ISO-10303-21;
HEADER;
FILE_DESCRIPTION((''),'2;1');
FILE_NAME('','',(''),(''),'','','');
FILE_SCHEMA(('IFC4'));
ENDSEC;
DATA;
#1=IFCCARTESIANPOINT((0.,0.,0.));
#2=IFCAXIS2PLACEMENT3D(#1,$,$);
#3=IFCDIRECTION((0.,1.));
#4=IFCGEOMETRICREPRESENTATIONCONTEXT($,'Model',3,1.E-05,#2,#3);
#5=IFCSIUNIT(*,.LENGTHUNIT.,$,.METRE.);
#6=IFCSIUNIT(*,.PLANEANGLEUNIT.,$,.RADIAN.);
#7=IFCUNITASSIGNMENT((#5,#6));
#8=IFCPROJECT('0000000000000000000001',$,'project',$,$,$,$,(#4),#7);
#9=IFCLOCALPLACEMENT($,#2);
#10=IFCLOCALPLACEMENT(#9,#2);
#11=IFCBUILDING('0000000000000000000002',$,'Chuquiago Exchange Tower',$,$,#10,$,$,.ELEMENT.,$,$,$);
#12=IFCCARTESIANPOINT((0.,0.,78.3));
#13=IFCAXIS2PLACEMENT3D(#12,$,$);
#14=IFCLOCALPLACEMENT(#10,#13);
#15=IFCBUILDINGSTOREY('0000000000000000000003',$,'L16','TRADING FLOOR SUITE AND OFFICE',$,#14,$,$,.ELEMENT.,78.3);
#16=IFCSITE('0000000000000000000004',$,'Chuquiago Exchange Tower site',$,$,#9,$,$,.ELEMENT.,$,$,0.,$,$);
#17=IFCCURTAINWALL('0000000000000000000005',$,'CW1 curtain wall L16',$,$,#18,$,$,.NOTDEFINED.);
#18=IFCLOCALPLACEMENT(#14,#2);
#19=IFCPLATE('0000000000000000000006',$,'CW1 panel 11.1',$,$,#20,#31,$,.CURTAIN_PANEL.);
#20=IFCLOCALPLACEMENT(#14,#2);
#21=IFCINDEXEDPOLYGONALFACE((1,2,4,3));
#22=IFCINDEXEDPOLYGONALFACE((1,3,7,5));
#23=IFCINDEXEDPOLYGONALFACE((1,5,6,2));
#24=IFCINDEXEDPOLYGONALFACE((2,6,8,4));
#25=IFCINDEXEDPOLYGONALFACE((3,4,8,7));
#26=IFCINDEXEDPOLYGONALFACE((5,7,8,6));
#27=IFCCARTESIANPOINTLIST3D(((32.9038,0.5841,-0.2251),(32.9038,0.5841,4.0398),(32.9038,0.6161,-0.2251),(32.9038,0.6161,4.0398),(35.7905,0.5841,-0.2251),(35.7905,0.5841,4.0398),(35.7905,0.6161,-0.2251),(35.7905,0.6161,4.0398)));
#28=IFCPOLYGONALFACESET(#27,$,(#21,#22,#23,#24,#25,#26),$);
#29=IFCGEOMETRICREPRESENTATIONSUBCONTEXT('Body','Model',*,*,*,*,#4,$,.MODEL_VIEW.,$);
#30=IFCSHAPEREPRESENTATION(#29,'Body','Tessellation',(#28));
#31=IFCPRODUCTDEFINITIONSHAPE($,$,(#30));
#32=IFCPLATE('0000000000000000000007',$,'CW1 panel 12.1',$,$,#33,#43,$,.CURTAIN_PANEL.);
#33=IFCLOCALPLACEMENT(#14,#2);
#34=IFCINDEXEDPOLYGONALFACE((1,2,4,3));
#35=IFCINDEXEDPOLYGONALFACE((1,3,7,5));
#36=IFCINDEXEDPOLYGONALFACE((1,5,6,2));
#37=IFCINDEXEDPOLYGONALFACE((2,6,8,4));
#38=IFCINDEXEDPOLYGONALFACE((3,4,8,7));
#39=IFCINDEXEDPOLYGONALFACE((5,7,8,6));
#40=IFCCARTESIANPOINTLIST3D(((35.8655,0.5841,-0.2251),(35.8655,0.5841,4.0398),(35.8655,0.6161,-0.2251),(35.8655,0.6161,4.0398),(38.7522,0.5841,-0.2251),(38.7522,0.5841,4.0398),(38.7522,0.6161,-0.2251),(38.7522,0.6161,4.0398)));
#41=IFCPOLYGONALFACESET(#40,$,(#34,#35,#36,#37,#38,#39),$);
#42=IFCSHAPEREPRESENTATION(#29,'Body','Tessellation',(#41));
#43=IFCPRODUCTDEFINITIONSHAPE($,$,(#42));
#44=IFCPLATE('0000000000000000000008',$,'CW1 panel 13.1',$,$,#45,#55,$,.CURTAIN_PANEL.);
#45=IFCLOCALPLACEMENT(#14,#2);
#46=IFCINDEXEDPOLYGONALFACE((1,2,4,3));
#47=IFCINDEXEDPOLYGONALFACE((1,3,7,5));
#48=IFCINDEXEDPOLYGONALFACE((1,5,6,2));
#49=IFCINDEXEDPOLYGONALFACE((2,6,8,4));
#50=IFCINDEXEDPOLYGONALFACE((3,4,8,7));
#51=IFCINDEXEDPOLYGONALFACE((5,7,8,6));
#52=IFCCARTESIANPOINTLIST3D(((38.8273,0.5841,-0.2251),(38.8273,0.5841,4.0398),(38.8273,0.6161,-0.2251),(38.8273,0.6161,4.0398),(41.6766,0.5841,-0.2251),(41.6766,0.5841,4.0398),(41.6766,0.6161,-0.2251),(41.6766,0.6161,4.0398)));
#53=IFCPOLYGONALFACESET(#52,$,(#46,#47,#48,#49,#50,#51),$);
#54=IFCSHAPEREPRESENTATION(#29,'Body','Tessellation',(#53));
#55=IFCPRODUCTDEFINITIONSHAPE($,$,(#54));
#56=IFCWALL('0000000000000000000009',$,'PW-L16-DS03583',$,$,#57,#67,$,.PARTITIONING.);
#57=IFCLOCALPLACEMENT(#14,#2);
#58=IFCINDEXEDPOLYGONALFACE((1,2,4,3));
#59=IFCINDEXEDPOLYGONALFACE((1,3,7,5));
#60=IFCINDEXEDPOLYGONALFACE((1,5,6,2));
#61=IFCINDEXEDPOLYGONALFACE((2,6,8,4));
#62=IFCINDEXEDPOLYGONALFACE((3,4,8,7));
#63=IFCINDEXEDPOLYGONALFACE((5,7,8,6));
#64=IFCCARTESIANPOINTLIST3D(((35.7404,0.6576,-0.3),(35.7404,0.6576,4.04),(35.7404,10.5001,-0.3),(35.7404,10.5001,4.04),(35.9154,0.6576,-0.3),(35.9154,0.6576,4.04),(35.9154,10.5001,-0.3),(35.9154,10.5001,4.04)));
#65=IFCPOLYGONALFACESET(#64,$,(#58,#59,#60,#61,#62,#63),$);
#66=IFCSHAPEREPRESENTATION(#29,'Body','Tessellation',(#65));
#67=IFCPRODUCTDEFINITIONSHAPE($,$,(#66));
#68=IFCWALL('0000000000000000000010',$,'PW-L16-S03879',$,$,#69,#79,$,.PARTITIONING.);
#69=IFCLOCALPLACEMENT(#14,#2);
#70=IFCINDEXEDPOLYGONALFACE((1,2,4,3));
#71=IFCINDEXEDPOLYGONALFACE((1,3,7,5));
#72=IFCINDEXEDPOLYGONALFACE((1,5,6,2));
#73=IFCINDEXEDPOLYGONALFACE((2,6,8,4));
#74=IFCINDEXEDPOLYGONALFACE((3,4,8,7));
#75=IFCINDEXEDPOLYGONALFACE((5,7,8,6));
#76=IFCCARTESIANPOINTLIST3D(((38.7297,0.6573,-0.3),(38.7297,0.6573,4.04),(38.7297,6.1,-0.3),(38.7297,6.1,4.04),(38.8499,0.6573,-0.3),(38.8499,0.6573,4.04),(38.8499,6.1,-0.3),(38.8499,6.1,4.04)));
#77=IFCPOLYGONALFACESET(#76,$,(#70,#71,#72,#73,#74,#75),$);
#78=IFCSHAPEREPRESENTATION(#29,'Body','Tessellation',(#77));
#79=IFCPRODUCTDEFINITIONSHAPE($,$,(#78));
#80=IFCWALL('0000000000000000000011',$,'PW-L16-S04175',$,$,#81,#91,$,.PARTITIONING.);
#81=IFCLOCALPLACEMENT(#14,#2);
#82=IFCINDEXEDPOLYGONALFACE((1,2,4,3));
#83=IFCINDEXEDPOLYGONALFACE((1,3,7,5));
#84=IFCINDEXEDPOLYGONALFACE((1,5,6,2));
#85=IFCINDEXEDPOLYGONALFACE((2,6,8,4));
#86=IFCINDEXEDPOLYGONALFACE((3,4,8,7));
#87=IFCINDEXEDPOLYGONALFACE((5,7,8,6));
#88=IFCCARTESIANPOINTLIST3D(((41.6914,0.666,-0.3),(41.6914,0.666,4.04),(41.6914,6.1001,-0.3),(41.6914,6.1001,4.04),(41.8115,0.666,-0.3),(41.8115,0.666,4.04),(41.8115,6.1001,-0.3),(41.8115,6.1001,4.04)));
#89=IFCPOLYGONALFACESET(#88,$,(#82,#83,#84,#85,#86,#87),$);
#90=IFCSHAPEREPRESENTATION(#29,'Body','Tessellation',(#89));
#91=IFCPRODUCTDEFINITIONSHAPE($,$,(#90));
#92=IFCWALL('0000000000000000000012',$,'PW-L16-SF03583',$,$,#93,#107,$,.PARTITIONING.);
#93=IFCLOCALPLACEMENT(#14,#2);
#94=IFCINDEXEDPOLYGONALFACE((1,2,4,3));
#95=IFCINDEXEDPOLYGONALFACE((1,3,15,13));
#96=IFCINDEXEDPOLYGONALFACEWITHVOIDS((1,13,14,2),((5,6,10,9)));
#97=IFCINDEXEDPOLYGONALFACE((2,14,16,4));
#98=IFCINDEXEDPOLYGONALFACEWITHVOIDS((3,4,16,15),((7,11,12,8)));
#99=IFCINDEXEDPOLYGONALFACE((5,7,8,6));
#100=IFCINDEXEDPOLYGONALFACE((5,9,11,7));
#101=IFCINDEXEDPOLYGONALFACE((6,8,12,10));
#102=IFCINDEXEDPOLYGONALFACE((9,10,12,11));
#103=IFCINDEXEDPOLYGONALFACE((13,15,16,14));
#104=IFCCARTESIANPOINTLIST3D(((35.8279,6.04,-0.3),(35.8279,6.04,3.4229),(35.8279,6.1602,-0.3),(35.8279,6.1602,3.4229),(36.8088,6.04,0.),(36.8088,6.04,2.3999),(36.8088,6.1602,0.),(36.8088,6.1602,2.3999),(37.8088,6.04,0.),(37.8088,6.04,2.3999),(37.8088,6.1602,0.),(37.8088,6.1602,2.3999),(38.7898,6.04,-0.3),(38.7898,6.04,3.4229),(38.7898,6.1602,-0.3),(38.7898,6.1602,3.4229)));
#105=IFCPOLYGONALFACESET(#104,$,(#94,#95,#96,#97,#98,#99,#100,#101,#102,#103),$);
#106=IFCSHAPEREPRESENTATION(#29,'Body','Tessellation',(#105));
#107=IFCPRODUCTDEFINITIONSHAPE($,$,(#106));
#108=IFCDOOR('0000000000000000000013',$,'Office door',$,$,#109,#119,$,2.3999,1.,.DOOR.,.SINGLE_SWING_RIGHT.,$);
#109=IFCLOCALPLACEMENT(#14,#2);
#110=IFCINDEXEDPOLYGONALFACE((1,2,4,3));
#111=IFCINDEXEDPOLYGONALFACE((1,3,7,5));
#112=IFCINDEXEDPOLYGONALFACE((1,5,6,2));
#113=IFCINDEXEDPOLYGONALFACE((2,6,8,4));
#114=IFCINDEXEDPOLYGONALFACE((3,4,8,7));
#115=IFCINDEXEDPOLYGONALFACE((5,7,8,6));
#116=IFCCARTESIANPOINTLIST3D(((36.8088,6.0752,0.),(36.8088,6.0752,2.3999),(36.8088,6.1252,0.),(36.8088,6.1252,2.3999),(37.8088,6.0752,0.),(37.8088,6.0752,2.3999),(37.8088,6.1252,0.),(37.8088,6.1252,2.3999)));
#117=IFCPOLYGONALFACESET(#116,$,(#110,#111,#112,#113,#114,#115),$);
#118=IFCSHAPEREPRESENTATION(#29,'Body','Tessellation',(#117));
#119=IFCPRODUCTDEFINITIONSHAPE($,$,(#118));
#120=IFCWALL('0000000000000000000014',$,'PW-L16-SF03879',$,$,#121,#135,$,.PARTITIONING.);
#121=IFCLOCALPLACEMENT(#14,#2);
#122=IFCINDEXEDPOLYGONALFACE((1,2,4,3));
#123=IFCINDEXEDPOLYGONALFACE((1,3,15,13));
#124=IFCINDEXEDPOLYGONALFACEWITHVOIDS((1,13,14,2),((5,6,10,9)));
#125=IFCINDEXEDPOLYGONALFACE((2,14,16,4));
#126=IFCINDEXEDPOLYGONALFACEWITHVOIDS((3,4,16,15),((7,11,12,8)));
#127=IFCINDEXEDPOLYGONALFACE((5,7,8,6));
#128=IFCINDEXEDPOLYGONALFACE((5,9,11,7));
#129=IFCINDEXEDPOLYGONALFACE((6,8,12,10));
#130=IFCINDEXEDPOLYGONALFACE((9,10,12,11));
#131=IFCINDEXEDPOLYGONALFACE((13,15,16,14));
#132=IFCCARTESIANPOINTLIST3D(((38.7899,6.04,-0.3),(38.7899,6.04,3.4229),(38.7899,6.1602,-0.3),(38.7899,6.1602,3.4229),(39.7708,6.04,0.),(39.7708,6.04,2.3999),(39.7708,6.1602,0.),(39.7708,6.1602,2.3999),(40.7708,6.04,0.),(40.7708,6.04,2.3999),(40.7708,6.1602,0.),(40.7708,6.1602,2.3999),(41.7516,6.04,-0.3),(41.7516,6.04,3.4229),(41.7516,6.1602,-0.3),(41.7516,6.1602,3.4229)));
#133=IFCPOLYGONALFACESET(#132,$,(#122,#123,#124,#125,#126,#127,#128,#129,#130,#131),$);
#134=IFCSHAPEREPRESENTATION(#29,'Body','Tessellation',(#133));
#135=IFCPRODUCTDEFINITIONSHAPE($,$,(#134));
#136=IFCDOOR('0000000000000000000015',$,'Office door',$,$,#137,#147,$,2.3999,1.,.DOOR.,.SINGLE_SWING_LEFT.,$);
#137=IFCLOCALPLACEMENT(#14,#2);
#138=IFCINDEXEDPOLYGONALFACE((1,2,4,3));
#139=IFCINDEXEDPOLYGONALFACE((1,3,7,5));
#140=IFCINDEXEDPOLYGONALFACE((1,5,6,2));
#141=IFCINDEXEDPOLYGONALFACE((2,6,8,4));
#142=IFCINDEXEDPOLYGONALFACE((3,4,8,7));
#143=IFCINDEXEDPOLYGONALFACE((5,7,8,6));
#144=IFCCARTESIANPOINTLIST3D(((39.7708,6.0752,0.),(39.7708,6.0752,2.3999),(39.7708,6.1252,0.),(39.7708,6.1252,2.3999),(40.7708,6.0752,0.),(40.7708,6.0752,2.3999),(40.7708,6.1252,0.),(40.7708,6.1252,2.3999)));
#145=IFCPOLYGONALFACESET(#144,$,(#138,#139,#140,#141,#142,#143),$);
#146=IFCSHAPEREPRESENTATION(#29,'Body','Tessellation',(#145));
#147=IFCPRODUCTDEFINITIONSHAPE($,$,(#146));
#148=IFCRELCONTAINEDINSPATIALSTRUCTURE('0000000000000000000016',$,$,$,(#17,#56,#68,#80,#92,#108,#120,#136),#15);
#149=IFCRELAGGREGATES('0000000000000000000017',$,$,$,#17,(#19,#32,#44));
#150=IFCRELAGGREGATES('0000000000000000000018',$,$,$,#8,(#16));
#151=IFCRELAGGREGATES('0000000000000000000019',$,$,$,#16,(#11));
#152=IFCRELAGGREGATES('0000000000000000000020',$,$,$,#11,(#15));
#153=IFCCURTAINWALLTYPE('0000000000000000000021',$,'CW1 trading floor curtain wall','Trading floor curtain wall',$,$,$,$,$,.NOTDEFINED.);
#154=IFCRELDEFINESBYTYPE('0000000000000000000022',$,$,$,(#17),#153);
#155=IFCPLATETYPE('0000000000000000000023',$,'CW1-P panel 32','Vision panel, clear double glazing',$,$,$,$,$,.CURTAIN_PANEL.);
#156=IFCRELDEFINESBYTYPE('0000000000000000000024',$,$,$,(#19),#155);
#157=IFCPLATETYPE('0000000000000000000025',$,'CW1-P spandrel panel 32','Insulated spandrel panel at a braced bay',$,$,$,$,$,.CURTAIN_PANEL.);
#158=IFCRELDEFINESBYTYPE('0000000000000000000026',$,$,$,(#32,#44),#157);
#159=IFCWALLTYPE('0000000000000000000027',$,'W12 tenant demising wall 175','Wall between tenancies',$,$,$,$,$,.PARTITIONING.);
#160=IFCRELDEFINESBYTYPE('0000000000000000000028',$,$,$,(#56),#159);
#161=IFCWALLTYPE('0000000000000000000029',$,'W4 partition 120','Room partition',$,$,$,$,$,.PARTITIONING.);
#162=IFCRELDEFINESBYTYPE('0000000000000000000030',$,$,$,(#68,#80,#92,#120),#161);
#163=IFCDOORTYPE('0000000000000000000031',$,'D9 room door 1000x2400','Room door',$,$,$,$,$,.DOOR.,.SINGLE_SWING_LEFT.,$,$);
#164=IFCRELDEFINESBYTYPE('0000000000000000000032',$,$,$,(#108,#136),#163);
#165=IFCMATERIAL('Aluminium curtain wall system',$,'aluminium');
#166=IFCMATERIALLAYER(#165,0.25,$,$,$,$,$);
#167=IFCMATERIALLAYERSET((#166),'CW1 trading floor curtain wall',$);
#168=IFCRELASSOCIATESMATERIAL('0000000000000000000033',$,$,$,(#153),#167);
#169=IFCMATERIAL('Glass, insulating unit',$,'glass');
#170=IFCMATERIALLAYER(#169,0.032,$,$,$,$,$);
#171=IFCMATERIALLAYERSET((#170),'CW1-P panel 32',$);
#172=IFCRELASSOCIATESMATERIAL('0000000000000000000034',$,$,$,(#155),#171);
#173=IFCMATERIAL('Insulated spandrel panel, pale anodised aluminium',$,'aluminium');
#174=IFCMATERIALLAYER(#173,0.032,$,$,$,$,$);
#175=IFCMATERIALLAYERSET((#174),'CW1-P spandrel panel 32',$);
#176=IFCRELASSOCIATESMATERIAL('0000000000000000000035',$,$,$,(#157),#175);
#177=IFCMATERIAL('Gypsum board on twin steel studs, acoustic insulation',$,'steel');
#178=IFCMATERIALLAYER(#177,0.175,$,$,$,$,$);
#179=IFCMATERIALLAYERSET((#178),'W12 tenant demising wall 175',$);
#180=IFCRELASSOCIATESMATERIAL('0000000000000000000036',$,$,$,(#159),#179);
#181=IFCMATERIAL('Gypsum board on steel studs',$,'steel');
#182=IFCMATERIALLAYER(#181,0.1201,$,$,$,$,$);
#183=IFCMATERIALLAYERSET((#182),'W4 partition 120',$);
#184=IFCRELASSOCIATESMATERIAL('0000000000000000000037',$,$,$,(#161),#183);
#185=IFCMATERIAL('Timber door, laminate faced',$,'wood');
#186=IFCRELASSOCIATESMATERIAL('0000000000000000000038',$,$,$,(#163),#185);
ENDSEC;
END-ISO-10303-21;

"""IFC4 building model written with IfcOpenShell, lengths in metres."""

from ifc_helpers import new_model, si_unit, direction, frame, frame_2d, origin, origin_2d, place, context, subcontext, project, spatial, rectangle, extrude, material, layer, layer_set, type_object, element, fill, aggregate, save


model = new_model("IFC4")

# Units and contexts
model_context = context("Model", 3, precision=1e-05, world=origin(), true_north=direction((0.0, 1.0)))
body_context = subcontext(model_context, "Body", "Model", "MODEL_VIEW")
ifc_project = project(units=[si_unit("LENGTHUNIT", "METRE"), si_unit("PLANEANGLEUNIT", "RADIAN")], contexts=[model_context])

# Site, building, storey
site_placement = place(None, origin())
site = spatial("IfcSite", under=ifc_project, at=site_placement, Name="Chuquiago Exchange Tower site", CompositionType="ELEMENT", RefElevation=0.0)
building_placement = place(site_placement, origin())
building = spatial("IfcBuilding", under=site, at=building_placement, Name="Chuquiago Exchange Tower", CompositionType="ELEMENT")
storey_placement = place(building_placement, frame((0.0, 0.0, 78.3)))
storey = spatial("IfcBuildingStorey", under=building, at=storey_placement, Name="L16", Description="TRADING FLOOR SUITE AND OFFICE", CompositionType="ELEMENT", Elevation=78.3)

# Curtain wall
ifc_material_1 = material(Name="Aluminium curtain wall system", Category="aluminium")
ifc_layer_1 = layer(ifc_material_1, 0.25)
ifc_layer_set_1 = layer_set([ifc_layer_1], Name="CW1 trading floor curtain wall")
curtain_wall_type_1 = type_object("IfcCurtainWallType", Name="CW1 trading floor curtain wall", Description="Trading floor curtain wall", PredefinedType="NOTDEFINED", material=ifc_layer_set_1)
curtain_wall_1_placement = place(storey_placement, origin())
curtain_wall_1 = element("IfcCurtainWall", 1, at=curtain_wall_1_placement, inside=storey, type_object=curtain_wall_type_1, Name="CW1 curtain wall L16", PredefinedType="NOTDEFINED")

# Plates
ifc_material_2 = material(Name="Glass, insulating unit", Category="glass")
ifc_layer_2 = layer(ifc_material_2, 0.032)
ifc_layer_set_2 = layer_set([ifc_layer_2], Name="CW1-P panel 32")
plate_type_1 = type_object("IfcPlateType", Name="CW1-P panel 32", Description="Vision panel, clear double glazing", PredefinedType="CURTAIN_PANEL", material=ifc_layer_set_2)
plate_1_placement = place(storey_placement, frame((34.3472, 0.6001, -0.2251), z_axis=(0.0, 0.0, 1.0), x_axis=(1.0, 0.0, 0.0)))
plate_1 = element("IfcPlate", 2, at=plate_1_placement, type_object=plate_type_1, Name="CW1 panel 11.1", PredefinedType="CURTAIN_PANEL", context=body_context, shape_type="SweptSolid", body=[
    extrude(rectangle(XDim=2.8867, YDim=0.032, at=origin_2d()), origin(), (0.0, 0.0, 1.0), 4.2649),
])
ifc_material_3 = material(Name="Insulated spandrel panel, pale anodised aluminium", Category="aluminium")
ifc_layer_3 = layer(ifc_material_3, 0.032)
ifc_layer_set_3 = layer_set([ifc_layer_3], Name="CW1-P spandrel panel 32")
plate_type_2 = type_object("IfcPlateType", Name="CW1-P spandrel panel 32", Description="Insulated spandrel panel at a braced bay", PredefinedType="CURTAIN_PANEL", material=ifc_layer_set_3)
plate_2_placement = place(storey_placement, frame((37.3088, 0.6001, -0.2251), z_axis=(0.0, 0.0, 1.0), x_axis=(1.0, 0.0, 0.0)))
plate_2 = element("IfcPlate", 3, at=plate_2_placement, type_object=plate_type_2, Name="CW1 panel 12.1", PredefinedType="CURTAIN_PANEL", context=body_context, shape_type="SweptSolid", body=[
    extrude(rectangle(XDim=2.8867, YDim=0.032, at=origin_2d()), origin(), (0.0, 0.0, 1.0), 4.2649),
])
plate_3_placement = place(storey_placement, frame((40.252, 0.6001, -0.2251), z_axis=(0.0, 0.0, 1.0), x_axis=(1.0, 0.0, 0.0)))
plate_3 = element("IfcPlate", 4, at=plate_3_placement, type_object=plate_type_2, Name="CW1 panel 13.1", PredefinedType="CURTAIN_PANEL", context=body_context, shape_type="SweptSolid", body=[
    extrude(rectangle(XDim=2.8494, YDim=0.032, at=origin_2d()), origin(), (0.0, 0.0, 1.0), 4.2649),
])
aggregate(curtain_wall_1, [plate_1, plate_2, plate_3])

# Walls
ifc_material_4 = material(Name="Gypsum board on twin steel studs, acoustic insulation", Category="steel")
ifc_layer_4 = layer(ifc_material_4, 0.175)
ifc_layer_set_4 = layer_set([ifc_layer_4], Name="W12 tenant demising wall 175")
wall_type_1 = type_object("IfcWallType", Name="W12 tenant demising wall 175", Description="Wall between tenancies", PredefinedType="PARTITIONING", material=ifc_layer_set_4)
wall_1_placement = place(storey_placement, frame((35.8279, 0.6575, -0.3), z_axis=(0.0, 0.0, 1.0), x_axis=(0.0, 1.0, 0.0)))
element("IfcWall", 5, at=wall_1_placement, inside=storey, type_object=wall_type_1, Name="PW-L16-DS03583", PredefinedType="PARTITIONING", context=body_context, shape_type="SweptSolid", body=[
    extrude(rectangle(XDim=9.8425, YDim=0.175, at=frame_2d((4.9214, 0.0))), origin(), (0.0, 0.0, 1.0), 4.3401),
])
ifc_material_5 = material(Name="Gypsum board on steel studs", Category="steel")
ifc_layer_5 = layer(ifc_material_5, 0.1201)
ifc_layer_set_5 = layer_set([ifc_layer_5], Name="W4 partition 120")
wall_type_2 = type_object("IfcWallType", Name="W4 partition 120", Description="Room partition", PredefinedType="PARTITIONING", material=ifc_layer_set_5)
wall_2_placement = place(storey_placement, frame((38.7898, 0.6575, -0.3), z_axis=(0.0, 0.0, 1.0), x_axis=(0.0, 1.0, 0.0)))
element("IfcWall", 6, at=wall_2_placement, inside=storey, type_object=wall_type_2, Name="PW-L16-S03879", PredefinedType="PARTITIONING", context=body_context, shape_type="SweptSolid", body=[
    extrude(rectangle(XDim=5.4426, YDim=0.1201, at=frame_2d((2.7212, 0.0))), origin(), (0.0, 0.0, 1.0), 4.3401),
])
wall_3_placement = place(storey_placement, frame((41.7515, 0.666, -0.3), z_axis=(0.0, 0.0, 1.0), x_axis=(0.0, 1.0, 0.0)))
element("IfcWall", 7, at=wall_3_placement, inside=storey, type_object=wall_type_2, Name="PW-L16-S04175", PredefinedType="PARTITIONING", context=body_context, shape_type="SweptSolid", body=[
    extrude(rectangle(XDim=5.4341, YDim=0.1201, at=frame_2d((2.717, 0.0))), origin(), (0.0, 0.0, 1.0), 4.3401),
])

# Walls, openings, doors
wall_4_placement = place(storey_placement, frame((35.8279, 6.1001, -0.3), z_axis=(0.0, 0.0, 1.0), x_axis=(1.0, 0.0, 0.0)))
wall_4 = element("IfcWall", 8, at=wall_4_placement, inside=storey, type_object=wall_type_2, Name="PW-L16-SF03583", PredefinedType="PARTITIONING", context=body_context, shape_type="SweptSolid", body=[
    extrude(rectangle(XDim=2.9619, YDim=0.1201, at=frame_2d((1.481, 0.0))), origin(), (0.0, 0.0, 1.0), 3.7229),
])
opening_1_placement = place(wall_4_placement, frame((0.981, 0.0, 0.3)))
opening_1 = element("IfcOpeningElement", 9, at=opening_1_placement, cuts=wall_4, PredefinedType="OPENING", context=body_context, shape_type="SweptSolid", body=[
    extrude(rectangle(XDim=1.0, YDim=2.3999, at=frame_2d((0.5, 1.2))), frame((0.0, 0.0701, 0.0), z_axis=(0.0, -1.0, 0.0), x_axis=(1.0, 0.0, 0.0)), (0.0, 0.0, 1.0), 0.1401),
])
ifc_material_6 = material(Name="Timber door, laminate faced", Category="wood")
door_type = type_object("IfcDoorType", Name="D9 room door 1000x2400", Description="Room door", OperationType="SINGLE_SWING_LEFT", PredefinedType="DOOR", material=ifc_material_6)
door_1_placement = place(opening_1_placement, frame((1.0, 0.0, 0.0), z_axis=(0.0, 0.0, 1.0), x_axis=(-1.0, 0.0, 0.0)))
door_1 = element("IfcDoor", 10, at=door_1_placement, inside=storey, type_object=door_type, Name="Office door", OperationType="SINGLE_SWING_RIGHT", OverallHeight=2.3999, OverallWidth=1.0, PredefinedType="DOOR", context=body_context, shape_type="SweptSolid", body=[
    extrude(rectangle(XDim=1.0, YDim=2.3999, at=frame_2d((0.5, 1.2))), frame((0.0, 0.0249, 0.0), z_axis=(0.0, -1.0, 0.0), x_axis=(1.0, 0.0, 0.0)), (0.0, 0.0, 1.0), 0.05),
])
fill(opening_1, door_1)
wall_5_placement = place(storey_placement, frame((38.7898, 6.1001, -0.3), z_axis=(0.0, 0.0, 1.0), x_axis=(1.0, 0.0, 0.0)))
wall_5 = element("IfcWall", 11, at=wall_5_placement, inside=storey, type_object=wall_type_2, Name="PW-L16-SF03879", PredefinedType="PARTITIONING", context=body_context, shape_type="SweptSolid", body=[
    extrude(rectangle(XDim=2.9617, YDim=0.1201, at=frame_2d((1.481, 0.0))), origin(), (0.0, 0.0, 1.0), 3.7229),
])
opening_2_placement = place(wall_5_placement, frame((0.981, 0.0, 0.3)))
opening_2 = element("IfcOpeningElement", 12, at=opening_2_placement, cuts=wall_5, PredefinedType="OPENING", context=body_context, shape_type="SweptSolid", body=[
    extrude(rectangle(XDim=1.0, YDim=2.3999, at=frame_2d((0.5, 1.2))), frame((0.0, 0.0701, 0.0), z_axis=(0.0, -1.0, 0.0), x_axis=(1.0, 0.0, 0.0)), (0.0, 0.0, 1.0), 0.1401),
])
door_2_placement = place(opening_2_placement, frame((1.0, 0.0, 0.0), z_axis=(0.0, 0.0, 1.0), x_axis=(-1.0, 0.0, 0.0)))
door_2 = element("IfcDoor", 13, at=door_2_placement, inside=storey, type_object=door_type, Name="Office door", OperationType="SINGLE_SWING_LEFT", OverallHeight=2.3999, OverallWidth=1.0, PredefinedType="DOOR", context=body_context, shape_type="SweptSolid", body=[
    extrude(rectangle(XDim=1.0, YDim=2.3999, at=frame_2d((0.5, 1.2))), frame((0.0, 0.0249, 0.0), z_axis=(0.0, -1.0, 0.0), x_axis=(1.0, 0.0, 0.0)), (0.0, 0.0, 1.0), 0.05),
])
fill(opening_2, door_2)

save(model, "model.ifc")
